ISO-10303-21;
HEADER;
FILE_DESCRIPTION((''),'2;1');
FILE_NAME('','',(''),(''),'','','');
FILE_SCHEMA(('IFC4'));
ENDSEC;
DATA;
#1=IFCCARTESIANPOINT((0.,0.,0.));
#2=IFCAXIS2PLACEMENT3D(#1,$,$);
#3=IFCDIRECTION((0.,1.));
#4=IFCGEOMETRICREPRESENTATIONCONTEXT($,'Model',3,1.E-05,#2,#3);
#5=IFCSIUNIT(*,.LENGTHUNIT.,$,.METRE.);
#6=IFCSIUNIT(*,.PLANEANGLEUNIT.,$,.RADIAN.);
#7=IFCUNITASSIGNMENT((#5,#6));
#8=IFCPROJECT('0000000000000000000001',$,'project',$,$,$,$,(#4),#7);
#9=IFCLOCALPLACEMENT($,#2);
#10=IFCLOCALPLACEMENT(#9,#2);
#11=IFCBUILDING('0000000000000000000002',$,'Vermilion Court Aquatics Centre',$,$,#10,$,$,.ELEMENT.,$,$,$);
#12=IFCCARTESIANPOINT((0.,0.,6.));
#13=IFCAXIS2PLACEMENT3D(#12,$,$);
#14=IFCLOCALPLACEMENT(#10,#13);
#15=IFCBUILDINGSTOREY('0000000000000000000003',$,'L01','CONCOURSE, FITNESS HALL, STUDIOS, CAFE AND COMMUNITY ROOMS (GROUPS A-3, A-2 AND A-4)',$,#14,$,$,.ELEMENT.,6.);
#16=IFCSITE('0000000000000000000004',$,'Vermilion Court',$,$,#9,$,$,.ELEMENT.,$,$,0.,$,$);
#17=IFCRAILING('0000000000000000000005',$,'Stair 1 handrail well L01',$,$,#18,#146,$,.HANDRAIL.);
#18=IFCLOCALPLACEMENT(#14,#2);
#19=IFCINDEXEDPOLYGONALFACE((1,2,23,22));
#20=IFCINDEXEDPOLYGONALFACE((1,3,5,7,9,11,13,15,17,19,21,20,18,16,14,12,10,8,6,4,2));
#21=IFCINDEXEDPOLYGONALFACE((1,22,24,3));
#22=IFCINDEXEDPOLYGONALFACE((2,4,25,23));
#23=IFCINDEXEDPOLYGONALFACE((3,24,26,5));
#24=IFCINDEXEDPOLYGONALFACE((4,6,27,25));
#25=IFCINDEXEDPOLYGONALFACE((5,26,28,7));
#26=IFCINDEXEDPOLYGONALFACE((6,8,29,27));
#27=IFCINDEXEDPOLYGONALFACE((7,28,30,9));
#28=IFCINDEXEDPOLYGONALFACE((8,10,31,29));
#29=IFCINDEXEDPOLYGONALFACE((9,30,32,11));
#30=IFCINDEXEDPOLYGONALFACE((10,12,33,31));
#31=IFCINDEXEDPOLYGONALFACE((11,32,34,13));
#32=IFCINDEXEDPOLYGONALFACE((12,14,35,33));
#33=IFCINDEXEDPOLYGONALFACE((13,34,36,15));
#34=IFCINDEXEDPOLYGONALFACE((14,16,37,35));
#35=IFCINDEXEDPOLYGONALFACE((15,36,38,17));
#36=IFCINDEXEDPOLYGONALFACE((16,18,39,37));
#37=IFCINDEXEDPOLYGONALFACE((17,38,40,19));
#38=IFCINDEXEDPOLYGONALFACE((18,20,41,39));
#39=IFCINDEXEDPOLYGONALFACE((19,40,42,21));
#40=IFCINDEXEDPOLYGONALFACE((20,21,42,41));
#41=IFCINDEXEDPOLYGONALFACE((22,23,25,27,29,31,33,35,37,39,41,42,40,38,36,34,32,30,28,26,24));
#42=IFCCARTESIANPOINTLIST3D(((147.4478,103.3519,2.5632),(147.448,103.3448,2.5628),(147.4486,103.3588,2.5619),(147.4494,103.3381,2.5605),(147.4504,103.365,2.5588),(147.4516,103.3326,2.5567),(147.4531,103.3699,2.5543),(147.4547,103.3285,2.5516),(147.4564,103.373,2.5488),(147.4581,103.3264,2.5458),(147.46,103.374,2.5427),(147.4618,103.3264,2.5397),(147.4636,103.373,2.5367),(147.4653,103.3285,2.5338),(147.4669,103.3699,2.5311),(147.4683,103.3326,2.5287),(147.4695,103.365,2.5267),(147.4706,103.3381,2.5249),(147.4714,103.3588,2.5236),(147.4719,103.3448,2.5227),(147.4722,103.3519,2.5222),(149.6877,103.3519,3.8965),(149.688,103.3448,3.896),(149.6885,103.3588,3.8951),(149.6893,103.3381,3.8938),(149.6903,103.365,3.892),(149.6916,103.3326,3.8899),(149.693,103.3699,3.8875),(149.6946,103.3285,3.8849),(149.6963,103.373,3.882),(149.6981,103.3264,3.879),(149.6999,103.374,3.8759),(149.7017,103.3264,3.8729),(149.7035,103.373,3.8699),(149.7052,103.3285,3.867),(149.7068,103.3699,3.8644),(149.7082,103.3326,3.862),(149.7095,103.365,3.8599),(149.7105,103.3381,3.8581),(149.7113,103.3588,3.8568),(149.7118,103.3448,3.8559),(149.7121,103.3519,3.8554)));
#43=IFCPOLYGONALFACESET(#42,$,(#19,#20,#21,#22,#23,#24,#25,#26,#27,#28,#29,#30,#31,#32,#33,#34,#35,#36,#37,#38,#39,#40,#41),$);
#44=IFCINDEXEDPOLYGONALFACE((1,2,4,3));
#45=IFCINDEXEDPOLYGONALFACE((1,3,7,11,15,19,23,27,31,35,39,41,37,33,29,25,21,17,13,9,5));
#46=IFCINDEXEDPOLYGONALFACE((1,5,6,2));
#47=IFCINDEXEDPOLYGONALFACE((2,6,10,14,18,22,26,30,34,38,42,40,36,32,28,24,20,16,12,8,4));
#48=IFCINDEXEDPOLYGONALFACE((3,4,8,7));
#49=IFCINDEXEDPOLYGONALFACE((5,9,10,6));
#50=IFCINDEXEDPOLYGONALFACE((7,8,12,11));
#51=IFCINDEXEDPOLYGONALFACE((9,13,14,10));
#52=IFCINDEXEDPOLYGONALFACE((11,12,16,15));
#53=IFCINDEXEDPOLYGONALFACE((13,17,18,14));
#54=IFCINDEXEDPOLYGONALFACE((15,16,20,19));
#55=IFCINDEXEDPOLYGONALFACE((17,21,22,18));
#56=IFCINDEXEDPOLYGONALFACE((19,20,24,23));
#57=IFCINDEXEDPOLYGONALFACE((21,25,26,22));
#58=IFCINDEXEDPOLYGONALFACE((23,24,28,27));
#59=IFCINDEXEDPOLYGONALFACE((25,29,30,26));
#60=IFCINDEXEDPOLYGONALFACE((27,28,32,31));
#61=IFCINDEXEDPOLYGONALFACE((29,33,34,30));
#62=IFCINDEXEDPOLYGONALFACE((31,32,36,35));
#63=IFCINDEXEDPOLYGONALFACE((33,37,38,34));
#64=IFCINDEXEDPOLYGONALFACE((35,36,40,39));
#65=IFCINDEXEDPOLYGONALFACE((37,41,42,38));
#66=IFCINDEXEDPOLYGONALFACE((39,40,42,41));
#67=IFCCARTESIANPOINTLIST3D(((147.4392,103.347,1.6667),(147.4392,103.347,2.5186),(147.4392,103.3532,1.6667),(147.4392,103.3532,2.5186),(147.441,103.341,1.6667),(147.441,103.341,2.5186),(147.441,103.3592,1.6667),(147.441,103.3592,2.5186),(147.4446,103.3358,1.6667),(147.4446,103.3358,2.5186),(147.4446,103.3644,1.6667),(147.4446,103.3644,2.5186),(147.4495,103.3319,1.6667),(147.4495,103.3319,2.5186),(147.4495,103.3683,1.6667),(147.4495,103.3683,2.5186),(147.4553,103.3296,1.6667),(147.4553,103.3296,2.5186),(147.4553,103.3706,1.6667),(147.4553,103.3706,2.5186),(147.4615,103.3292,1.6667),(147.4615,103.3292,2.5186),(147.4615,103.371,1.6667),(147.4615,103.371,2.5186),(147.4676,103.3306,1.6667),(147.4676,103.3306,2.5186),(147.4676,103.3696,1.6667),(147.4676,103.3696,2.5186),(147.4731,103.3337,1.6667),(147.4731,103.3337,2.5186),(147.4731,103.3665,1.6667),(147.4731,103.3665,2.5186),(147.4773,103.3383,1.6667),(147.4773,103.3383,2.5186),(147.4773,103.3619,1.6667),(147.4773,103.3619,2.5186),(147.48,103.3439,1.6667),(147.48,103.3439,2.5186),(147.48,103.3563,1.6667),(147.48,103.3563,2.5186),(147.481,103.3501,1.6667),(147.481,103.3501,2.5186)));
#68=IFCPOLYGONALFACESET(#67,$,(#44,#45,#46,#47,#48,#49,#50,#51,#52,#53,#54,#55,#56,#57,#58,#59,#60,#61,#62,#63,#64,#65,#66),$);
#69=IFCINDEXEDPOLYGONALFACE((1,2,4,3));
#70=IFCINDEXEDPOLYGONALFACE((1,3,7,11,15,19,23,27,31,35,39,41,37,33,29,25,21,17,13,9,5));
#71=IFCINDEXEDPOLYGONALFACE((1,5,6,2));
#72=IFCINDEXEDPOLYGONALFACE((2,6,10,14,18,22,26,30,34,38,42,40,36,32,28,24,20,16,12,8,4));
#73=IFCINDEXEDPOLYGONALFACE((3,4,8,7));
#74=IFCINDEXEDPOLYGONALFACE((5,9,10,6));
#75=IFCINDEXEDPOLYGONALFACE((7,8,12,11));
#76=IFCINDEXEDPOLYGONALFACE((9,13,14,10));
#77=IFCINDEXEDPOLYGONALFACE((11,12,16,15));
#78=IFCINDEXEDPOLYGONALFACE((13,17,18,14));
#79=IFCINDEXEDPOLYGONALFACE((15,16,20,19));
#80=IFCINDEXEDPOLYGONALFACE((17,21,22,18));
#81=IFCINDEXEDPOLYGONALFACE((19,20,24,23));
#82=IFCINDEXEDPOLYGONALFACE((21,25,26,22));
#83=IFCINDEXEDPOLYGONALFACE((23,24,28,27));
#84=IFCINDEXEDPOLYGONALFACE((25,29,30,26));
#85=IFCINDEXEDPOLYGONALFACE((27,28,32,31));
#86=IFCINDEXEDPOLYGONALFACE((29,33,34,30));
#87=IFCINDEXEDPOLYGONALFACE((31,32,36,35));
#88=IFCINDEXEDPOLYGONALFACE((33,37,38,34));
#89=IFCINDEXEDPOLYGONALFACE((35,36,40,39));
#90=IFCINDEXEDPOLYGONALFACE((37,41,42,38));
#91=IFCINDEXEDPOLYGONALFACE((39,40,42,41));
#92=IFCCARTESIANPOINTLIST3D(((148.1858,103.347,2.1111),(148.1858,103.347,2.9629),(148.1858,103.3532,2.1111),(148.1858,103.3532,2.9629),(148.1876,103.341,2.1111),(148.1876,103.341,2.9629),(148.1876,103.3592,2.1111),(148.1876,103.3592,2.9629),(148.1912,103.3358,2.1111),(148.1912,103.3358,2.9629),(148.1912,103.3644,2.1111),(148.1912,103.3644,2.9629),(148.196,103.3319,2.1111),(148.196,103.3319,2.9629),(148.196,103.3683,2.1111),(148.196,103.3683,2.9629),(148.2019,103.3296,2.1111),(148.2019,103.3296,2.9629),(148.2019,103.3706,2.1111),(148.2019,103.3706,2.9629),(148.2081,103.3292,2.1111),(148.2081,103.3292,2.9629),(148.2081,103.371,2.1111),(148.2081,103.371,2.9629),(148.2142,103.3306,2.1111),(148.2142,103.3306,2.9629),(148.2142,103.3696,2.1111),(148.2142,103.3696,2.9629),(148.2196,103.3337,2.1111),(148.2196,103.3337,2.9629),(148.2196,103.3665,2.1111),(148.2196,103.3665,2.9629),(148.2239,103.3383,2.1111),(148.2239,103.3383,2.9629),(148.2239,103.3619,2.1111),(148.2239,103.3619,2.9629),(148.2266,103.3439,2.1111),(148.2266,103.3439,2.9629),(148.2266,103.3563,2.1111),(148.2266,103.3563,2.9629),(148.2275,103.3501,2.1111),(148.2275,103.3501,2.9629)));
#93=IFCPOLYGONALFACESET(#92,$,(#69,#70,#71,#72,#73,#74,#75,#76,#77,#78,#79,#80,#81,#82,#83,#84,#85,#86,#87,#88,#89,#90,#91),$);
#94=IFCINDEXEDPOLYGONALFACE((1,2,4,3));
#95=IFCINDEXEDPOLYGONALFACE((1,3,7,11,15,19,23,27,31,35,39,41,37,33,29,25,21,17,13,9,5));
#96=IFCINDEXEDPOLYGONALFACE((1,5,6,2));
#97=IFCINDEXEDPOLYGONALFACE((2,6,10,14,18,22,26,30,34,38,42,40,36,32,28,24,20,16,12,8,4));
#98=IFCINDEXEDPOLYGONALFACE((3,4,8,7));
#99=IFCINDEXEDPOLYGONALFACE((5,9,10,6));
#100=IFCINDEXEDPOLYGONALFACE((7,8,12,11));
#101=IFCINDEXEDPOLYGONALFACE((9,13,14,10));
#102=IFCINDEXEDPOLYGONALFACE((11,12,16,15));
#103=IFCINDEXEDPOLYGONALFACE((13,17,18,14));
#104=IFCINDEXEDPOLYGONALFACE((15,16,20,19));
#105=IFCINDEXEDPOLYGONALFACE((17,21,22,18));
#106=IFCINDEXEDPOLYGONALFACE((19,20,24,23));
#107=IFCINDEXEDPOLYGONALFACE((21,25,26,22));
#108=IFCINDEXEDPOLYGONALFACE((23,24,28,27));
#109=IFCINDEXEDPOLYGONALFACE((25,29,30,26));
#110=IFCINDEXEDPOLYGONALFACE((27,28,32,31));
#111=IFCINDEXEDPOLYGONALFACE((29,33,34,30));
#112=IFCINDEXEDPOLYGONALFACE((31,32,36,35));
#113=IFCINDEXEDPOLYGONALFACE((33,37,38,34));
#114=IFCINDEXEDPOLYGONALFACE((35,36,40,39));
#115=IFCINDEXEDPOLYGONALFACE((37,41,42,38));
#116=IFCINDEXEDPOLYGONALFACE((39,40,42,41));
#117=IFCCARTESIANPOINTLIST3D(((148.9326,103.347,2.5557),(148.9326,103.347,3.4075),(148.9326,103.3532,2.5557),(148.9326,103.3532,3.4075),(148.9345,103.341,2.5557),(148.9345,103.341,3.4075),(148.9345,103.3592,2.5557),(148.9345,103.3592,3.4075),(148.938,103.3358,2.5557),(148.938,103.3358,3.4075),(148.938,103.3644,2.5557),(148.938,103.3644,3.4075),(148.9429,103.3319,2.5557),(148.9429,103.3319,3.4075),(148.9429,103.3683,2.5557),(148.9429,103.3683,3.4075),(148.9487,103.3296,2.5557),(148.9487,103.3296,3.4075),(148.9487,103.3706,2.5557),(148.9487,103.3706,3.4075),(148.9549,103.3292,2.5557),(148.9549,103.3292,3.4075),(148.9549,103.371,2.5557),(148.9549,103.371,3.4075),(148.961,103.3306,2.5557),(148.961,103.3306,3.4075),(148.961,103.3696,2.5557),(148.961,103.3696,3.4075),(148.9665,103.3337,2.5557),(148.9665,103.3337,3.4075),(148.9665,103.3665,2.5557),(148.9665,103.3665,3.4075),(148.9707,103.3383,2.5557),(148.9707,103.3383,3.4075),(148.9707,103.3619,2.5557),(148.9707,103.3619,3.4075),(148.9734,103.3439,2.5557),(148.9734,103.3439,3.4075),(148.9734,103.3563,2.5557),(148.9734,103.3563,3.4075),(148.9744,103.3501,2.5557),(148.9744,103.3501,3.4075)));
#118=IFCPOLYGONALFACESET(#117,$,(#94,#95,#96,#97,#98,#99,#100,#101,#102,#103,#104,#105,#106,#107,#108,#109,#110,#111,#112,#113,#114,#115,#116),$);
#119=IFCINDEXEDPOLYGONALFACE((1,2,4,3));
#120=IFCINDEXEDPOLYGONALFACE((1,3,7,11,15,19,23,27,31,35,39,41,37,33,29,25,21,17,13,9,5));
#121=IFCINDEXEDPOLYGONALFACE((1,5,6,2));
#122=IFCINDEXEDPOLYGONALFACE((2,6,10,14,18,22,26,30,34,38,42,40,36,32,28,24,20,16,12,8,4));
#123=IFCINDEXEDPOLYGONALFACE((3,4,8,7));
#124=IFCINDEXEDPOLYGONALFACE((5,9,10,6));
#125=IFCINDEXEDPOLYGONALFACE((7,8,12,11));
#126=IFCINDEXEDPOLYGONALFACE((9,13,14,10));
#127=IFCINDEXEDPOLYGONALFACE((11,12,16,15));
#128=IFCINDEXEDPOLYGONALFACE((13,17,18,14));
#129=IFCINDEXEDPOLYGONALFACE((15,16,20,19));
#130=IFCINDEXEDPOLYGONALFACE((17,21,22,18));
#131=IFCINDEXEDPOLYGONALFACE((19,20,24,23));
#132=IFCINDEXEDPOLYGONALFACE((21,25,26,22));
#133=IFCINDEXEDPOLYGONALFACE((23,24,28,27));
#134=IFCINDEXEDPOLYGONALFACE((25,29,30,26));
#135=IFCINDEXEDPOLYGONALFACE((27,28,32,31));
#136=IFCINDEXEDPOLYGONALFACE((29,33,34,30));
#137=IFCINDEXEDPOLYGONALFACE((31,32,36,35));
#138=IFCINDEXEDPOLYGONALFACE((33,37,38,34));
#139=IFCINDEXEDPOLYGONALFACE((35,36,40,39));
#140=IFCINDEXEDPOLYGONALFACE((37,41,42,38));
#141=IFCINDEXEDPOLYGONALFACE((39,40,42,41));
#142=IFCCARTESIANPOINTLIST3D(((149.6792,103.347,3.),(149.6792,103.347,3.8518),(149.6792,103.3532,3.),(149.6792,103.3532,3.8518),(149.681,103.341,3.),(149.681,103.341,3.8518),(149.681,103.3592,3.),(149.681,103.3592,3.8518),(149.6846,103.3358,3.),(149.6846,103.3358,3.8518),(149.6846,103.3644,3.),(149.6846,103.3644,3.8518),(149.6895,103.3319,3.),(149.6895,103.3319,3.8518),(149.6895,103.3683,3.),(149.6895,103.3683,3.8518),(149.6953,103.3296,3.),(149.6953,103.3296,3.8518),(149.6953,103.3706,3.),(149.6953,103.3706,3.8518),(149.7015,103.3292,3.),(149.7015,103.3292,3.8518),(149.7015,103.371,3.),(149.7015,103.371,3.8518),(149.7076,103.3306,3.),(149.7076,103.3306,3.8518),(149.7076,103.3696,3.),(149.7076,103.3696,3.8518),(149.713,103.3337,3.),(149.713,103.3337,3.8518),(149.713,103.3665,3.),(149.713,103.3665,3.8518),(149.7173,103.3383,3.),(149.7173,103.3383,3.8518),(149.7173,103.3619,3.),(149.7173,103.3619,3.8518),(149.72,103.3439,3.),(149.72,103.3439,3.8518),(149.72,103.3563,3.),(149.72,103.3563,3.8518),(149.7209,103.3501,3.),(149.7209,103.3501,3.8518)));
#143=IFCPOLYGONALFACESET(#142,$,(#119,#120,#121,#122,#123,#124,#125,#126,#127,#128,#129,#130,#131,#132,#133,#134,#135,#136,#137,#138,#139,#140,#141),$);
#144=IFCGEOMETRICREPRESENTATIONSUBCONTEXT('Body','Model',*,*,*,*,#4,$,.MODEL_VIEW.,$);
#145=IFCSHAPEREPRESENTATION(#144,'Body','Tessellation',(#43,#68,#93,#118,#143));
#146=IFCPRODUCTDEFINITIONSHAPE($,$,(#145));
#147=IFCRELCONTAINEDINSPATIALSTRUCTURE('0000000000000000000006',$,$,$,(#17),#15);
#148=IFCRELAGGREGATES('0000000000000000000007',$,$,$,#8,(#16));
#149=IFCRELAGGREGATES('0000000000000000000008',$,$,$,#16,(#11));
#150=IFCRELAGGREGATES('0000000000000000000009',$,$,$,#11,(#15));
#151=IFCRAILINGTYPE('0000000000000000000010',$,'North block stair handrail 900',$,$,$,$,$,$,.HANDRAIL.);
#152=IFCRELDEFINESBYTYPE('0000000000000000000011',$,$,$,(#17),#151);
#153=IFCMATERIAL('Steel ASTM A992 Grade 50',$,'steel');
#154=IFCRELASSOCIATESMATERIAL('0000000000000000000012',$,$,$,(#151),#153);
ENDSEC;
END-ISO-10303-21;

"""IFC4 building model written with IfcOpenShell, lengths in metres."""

from ifc_helpers import new_model, si_unit, direction, frame, origin, origin_2d, place, context, subcontext, project, spatial, circle, extrude, material, type_object, element, save


model = new_model("IFC4")

# Units and contexts
model_context = context("Model", 3, precision=1e-05, world=origin(), true_north=direction((0.0, 1.0)))
body_context = subcontext(model_context, "Body", "Model", "MODEL_VIEW")
ifc_project = project(units=[si_unit("LENGTHUNIT", "METRE"), si_unit("PLANEANGLEUNIT", "RADIAN")], contexts=[model_context])

# Site, building, storey
site_placement = place(None, origin())
site = spatial("IfcSite", under=ifc_project, at=site_placement, Name="Vermilion Court", CompositionType="ELEMENT", RefElevation=0.0)
building_placement = place(site_placement, origin())
building = spatial("IfcBuilding", under=site, at=building_placement, Name="Vermilion Court Aquatics Centre", CompositionType="ELEMENT")
storey_placement = place(building_placement, frame((0.0, 0.0, 6.0)))
storey = spatial("IfcBuildingStorey", under=building, at=storey_placement, Name="L01", Description="CONCOURSE, FITNESS HALL, STUDIOS, CAFE AND COMMUNITY ROOMS (GROUPS A-3, A-2 AND A-4)", CompositionType="ELEMENT", Elevation=6.0)

# Railing
ifc_material_1 = material(Name="Steel ASTM A992 Grade 50", Category="steel")
railing_type = type_object("IfcRailingType", Name="North block stair handrail 900", PredefinedType="HANDRAIL", material=ifc_material_1)
for number, where, name in (
    (1, (147.46, 103.3501, 1.6667), "Stair 1 handrail well L01"),
):
    element("IfcRailing", number, at=place(storey_placement, frame(where)), inside=storey, type_object=railing_type, Name=name, PredefinedType="HANDRAIL", context=body_context, shape_type="SweptSolid", body=[
        extrude(circle(Radius=0.0239, at=origin_2d()), frame((0.0, 0.0, 0.876), z_axis=(0.859306, 0.0, 0.511462), x_axis=(0.0, 1.0, 0.0)), (0.0, 0.0, 1.0), 2.6067),
        extrude(circle(Radius=0.021, at=origin_2d()), origin(), (0.0, 0.0, 1.0), 0.8518),
        extrude(circle(Radius=0.021, at=origin_2d()), frame((0.7466, 0.0, 0.4443)), (0.0, 0.0, 1.0), 0.8518),
        extrude(circle(Radius=0.021, at=origin_2d()), frame((1.4934, 0.0, 0.8889)), (0.0, 0.0, 1.0), 0.8518),
        extrude(circle(Radius=0.021, at=origin_2d()), frame((2.24, 0.0, 1.3333)), (0.0, 0.0, 1.0), 0.8518),
    ])

save(model, "model.ifc")
